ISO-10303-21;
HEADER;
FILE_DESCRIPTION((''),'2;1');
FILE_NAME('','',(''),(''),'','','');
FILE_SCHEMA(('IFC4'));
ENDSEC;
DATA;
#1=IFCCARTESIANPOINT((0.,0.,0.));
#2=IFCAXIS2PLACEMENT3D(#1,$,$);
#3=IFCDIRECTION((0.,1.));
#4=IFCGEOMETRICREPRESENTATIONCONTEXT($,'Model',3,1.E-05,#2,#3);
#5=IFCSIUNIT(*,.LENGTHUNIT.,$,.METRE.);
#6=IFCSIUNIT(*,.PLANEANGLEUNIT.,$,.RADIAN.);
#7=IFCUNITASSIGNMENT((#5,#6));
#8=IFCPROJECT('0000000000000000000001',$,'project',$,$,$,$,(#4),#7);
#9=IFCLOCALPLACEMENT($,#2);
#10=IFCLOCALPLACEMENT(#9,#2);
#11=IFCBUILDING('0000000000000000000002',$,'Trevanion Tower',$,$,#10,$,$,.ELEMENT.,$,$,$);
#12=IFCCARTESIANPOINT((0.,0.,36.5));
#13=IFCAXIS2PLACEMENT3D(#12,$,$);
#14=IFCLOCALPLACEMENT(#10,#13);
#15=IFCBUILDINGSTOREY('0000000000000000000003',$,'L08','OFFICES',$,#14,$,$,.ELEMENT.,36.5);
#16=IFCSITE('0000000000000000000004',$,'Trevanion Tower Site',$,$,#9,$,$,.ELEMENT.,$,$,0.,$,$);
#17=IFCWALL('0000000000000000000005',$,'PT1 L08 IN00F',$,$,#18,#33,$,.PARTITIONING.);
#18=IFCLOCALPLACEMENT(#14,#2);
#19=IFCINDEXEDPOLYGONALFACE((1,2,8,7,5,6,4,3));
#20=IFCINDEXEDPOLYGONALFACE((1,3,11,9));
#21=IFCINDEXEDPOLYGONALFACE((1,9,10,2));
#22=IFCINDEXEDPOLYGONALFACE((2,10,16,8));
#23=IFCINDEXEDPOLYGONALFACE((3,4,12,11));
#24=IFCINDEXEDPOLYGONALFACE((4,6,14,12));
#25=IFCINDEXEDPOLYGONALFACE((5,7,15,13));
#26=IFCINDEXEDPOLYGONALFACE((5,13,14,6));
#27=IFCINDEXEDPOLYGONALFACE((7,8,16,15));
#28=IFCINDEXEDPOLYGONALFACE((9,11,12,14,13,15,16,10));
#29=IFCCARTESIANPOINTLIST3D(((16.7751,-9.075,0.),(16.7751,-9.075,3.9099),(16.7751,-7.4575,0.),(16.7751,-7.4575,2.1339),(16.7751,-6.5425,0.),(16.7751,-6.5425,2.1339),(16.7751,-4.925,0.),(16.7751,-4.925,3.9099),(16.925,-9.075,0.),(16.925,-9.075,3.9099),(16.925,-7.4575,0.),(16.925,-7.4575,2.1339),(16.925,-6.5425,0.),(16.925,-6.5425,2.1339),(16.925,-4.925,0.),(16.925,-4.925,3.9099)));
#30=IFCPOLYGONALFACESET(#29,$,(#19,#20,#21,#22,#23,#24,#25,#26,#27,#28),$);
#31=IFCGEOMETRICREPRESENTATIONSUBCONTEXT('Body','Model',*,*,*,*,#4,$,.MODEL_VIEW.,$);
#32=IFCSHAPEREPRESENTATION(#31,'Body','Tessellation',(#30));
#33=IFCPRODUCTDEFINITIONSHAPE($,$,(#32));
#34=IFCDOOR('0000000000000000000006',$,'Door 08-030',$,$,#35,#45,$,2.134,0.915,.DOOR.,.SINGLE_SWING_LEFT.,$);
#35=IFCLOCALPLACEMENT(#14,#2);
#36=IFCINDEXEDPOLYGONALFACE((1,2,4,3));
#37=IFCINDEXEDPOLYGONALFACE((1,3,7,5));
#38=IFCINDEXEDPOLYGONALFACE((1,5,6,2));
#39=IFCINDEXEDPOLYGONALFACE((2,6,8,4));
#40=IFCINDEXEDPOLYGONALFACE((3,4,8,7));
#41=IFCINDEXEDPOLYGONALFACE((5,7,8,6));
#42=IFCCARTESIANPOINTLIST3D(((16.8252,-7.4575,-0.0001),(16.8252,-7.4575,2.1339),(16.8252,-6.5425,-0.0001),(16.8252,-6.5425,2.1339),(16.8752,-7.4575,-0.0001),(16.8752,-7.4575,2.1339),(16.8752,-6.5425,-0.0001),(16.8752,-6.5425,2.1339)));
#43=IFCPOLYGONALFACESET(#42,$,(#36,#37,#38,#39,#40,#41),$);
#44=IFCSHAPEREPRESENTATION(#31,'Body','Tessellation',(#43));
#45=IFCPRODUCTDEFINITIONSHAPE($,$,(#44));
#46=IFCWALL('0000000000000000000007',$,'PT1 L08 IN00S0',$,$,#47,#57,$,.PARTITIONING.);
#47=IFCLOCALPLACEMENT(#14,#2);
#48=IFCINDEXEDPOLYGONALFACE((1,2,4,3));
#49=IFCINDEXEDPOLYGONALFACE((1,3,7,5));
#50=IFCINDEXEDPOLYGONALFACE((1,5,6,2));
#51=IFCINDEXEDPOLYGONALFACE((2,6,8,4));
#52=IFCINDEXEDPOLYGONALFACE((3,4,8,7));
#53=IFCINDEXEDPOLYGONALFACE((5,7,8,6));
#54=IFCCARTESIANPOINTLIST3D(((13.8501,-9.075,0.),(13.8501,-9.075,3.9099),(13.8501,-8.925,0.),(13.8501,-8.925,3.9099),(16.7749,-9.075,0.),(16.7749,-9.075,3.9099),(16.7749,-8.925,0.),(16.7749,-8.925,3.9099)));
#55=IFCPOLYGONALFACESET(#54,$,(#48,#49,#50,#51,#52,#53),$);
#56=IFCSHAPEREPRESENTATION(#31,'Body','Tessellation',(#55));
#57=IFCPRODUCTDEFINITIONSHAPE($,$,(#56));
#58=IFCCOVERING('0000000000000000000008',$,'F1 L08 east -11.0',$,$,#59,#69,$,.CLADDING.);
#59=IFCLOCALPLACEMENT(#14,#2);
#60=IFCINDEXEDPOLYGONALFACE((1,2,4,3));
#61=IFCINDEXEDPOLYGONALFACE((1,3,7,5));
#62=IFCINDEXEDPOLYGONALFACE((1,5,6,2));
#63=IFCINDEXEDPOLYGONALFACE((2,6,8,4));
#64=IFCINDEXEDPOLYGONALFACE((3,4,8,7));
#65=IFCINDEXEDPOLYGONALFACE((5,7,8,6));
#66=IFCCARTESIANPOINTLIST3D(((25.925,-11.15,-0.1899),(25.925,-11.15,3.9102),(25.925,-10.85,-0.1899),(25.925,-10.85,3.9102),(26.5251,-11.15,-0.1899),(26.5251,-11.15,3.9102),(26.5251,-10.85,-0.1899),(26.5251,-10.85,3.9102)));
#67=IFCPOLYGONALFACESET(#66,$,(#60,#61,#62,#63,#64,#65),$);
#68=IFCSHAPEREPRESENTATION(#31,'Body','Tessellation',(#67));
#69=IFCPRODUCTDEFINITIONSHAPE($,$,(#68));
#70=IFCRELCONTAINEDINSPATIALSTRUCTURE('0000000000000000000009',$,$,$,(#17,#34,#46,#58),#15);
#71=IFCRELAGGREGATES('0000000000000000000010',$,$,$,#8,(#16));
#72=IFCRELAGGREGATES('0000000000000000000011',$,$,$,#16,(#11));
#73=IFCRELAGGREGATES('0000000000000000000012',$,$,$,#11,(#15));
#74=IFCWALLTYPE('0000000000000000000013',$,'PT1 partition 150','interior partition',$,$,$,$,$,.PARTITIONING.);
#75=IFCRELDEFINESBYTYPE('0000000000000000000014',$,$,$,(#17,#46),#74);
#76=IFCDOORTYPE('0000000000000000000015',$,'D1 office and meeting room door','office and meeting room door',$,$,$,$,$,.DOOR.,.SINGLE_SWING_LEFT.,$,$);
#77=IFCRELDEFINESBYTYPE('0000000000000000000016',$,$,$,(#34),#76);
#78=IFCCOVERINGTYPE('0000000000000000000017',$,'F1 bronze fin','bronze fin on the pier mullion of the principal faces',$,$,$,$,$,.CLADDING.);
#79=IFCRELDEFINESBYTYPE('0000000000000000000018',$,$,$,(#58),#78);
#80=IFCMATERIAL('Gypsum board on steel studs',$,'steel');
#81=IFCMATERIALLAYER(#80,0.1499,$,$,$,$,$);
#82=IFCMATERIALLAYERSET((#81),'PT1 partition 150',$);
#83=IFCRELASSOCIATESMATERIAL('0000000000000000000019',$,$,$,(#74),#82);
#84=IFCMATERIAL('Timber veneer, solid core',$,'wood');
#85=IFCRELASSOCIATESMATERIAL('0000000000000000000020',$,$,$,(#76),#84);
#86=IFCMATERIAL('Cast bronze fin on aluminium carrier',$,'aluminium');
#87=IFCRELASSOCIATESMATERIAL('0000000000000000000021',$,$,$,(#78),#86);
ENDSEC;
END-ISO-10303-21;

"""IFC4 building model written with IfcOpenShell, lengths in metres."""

from ifc_helpers import new_model, si_unit, direction, frame, frame_2d, origin, origin_2d, place, context, subcontext, project, spatial, rectangle, extrude, material, layer, layer_set, type_object, element, fill, save


model = new_model("IFC4")

# Units and contexts
model_context = context("Model", 3, precision=1e-05, world=origin(), true_north=direction((0.0, 1.0)))
body_context = subcontext(model_context, "Body", "Model", "MODEL_VIEW")
ifc_project = project(units=[si_unit("LENGTHUNIT", "METRE"), si_unit("PLANEANGLEUNIT", "RADIAN")], contexts=[model_context])

# Site, building, storey
site_placement = place(None, origin())
site = spatial("IfcSite", under=ifc_project, at=site_placement, Name="Trevanion Tower Site", CompositionType="ELEMENT", RefElevation=0.0)
building_placement = place(site_placement, origin())
building = spatial("IfcBuilding", under=site, at=building_placement, Name="Trevanion Tower", CompositionType="ELEMENT")
storey_placement = place(building_placement, frame((0.0, 0.0, 36.5)))
storey = spatial("IfcBuildingStorey", under=building, at=storey_placement, Name="L08", Description="OFFICES", CompositionType="ELEMENT", Elevation=36.5)

# Shared definitions
ifc_material_1 = material(Name="Gypsum board on steel studs", Category="steel")
ifc_layer_1 = layer(ifc_material_1, 0.1499)
ifc_layer_set_1 = layer_set([ifc_layer_1], Name="PT1 partition 150")
wall_type = type_object("IfcWallType", Name="PT1 partition 150", Description="interior partition", PredefinedType="PARTITIONING", material=ifc_layer_set_1)
ifc_material_2 = material(Name="Timber veneer, solid core", Category="wood")
door_type = type_object("IfcDoorType", Name="D1 office and meeting room door", Description="office and meeting room door", OperationType="SINGLE_SWING_LEFT", PredefinedType="DOOR", material=ifc_material_2)

# Wall, opening, door
wall_1_placement = place(storey_placement, frame((16.8501, -9.075, 0.0), z_axis=(0.0, 0.0, 1.0), x_axis=(0.0, 1.0, 0.0)))
wall_1 = element("IfcWall", 1, at=wall_1_placement, inside=storey, type_object=wall_type, Name="PT1 L08 IN00F", PredefinedType="PARTITIONING", context=body_context, shape_type="SweptSolid", body=[
    extrude(rectangle(XDim=4.1499, YDim=0.1499, at=frame_2d((2.075, 0.0))), origin(), (0.0, 0.0, 1.0), 3.9099),
])
opening_1_placement = place(wall_1_placement, frame((1.6174, 0.0, 0.0)))
opening_1 = element("IfcOpeningElement", 2, at=opening_1_placement, cuts=wall_1, PredefinedType="OPENING", context=body_context, shape_type="SweptSolid", body=[
    extrude(rectangle(XDim=0.915, YDim=2.134, at=frame_2d((0.4575, 1.0669))), frame((0.0, 0.085, 0.0), z_axis=(0.0, -1.0, 0.0), x_axis=(1.0, 0.0, 0.0)), (0.0, 0.0, 1.0), 0.1699),
])
door_1_placement = place(opening_1_placement, origin())
door_1 = element("IfcDoor", 3, at=door_1_placement, inside=storey, type_object=door_type, Name="Door 08-030", OperationType="SINGLE_SWING_LEFT", OverallHeight=2.134, OverallWidth=0.915, PredefinedType="DOOR", context=body_context, shape_type="SweptSolid", body=[
    extrude(rectangle(XDim=0.915, YDim=2.134, at=frame_2d((0.4575, 1.0669))), frame((0.0, 0.0249, 0.0), z_axis=(0.0, -1.0, 0.0), x_axis=(1.0, 0.0, 0.0)), (0.0, 0.0, 1.0), 0.05),
])
fill(opening_1, door_1)

# Wall
wall_2_placement = place(storey_placement, frame((16.7749, -9.0, 0.0), z_axis=(0.0, 0.0, 1.0), x_axis=(-1.0, 0.0, 0.0)))
element("IfcWall", 4, at=wall_2_placement, inside=storey, type_object=wall_type, Name="PT1 L08 IN00S0", PredefinedType="PARTITIONING", context=body_context, shape_type="SweptSolid", body=[
    extrude(rectangle(XDim=2.9248, YDim=0.1499, at=frame_2d((1.4624, 0.0))), origin(), (0.0, 0.0, 1.0), 3.9099),
])

# Covering
ifc_material_3 = material(Name="Cast bronze fin on aluminium carrier", Category="aluminium")
covering_type = type_object("IfcCoveringType", Name="F1 bronze fin", Description="bronze fin on the pier mullion of the principal faces", PredefinedType="CLADDING", material=ifc_material_3)
covering_placement = place(storey_placement, frame((26.2251, -11.0, -0.1899), z_axis=(0.0, 0.0, 1.0), x_axis=(0.0, 1.0, 0.0)))
element("IfcCovering", 5, at=covering_placement, inside=storey, type_object=covering_type, Name="F1 L08 east -11.0", PredefinedType="CLADDING", context=body_context, shape_type="SweptSolid", body=[
    extrude(rectangle(XDim=0.3, YDim=0.6001, at=origin_2d()), origin(), (0.0, 0.0, 1.0), 4.1001),
])

save(model, "model.ifc")
